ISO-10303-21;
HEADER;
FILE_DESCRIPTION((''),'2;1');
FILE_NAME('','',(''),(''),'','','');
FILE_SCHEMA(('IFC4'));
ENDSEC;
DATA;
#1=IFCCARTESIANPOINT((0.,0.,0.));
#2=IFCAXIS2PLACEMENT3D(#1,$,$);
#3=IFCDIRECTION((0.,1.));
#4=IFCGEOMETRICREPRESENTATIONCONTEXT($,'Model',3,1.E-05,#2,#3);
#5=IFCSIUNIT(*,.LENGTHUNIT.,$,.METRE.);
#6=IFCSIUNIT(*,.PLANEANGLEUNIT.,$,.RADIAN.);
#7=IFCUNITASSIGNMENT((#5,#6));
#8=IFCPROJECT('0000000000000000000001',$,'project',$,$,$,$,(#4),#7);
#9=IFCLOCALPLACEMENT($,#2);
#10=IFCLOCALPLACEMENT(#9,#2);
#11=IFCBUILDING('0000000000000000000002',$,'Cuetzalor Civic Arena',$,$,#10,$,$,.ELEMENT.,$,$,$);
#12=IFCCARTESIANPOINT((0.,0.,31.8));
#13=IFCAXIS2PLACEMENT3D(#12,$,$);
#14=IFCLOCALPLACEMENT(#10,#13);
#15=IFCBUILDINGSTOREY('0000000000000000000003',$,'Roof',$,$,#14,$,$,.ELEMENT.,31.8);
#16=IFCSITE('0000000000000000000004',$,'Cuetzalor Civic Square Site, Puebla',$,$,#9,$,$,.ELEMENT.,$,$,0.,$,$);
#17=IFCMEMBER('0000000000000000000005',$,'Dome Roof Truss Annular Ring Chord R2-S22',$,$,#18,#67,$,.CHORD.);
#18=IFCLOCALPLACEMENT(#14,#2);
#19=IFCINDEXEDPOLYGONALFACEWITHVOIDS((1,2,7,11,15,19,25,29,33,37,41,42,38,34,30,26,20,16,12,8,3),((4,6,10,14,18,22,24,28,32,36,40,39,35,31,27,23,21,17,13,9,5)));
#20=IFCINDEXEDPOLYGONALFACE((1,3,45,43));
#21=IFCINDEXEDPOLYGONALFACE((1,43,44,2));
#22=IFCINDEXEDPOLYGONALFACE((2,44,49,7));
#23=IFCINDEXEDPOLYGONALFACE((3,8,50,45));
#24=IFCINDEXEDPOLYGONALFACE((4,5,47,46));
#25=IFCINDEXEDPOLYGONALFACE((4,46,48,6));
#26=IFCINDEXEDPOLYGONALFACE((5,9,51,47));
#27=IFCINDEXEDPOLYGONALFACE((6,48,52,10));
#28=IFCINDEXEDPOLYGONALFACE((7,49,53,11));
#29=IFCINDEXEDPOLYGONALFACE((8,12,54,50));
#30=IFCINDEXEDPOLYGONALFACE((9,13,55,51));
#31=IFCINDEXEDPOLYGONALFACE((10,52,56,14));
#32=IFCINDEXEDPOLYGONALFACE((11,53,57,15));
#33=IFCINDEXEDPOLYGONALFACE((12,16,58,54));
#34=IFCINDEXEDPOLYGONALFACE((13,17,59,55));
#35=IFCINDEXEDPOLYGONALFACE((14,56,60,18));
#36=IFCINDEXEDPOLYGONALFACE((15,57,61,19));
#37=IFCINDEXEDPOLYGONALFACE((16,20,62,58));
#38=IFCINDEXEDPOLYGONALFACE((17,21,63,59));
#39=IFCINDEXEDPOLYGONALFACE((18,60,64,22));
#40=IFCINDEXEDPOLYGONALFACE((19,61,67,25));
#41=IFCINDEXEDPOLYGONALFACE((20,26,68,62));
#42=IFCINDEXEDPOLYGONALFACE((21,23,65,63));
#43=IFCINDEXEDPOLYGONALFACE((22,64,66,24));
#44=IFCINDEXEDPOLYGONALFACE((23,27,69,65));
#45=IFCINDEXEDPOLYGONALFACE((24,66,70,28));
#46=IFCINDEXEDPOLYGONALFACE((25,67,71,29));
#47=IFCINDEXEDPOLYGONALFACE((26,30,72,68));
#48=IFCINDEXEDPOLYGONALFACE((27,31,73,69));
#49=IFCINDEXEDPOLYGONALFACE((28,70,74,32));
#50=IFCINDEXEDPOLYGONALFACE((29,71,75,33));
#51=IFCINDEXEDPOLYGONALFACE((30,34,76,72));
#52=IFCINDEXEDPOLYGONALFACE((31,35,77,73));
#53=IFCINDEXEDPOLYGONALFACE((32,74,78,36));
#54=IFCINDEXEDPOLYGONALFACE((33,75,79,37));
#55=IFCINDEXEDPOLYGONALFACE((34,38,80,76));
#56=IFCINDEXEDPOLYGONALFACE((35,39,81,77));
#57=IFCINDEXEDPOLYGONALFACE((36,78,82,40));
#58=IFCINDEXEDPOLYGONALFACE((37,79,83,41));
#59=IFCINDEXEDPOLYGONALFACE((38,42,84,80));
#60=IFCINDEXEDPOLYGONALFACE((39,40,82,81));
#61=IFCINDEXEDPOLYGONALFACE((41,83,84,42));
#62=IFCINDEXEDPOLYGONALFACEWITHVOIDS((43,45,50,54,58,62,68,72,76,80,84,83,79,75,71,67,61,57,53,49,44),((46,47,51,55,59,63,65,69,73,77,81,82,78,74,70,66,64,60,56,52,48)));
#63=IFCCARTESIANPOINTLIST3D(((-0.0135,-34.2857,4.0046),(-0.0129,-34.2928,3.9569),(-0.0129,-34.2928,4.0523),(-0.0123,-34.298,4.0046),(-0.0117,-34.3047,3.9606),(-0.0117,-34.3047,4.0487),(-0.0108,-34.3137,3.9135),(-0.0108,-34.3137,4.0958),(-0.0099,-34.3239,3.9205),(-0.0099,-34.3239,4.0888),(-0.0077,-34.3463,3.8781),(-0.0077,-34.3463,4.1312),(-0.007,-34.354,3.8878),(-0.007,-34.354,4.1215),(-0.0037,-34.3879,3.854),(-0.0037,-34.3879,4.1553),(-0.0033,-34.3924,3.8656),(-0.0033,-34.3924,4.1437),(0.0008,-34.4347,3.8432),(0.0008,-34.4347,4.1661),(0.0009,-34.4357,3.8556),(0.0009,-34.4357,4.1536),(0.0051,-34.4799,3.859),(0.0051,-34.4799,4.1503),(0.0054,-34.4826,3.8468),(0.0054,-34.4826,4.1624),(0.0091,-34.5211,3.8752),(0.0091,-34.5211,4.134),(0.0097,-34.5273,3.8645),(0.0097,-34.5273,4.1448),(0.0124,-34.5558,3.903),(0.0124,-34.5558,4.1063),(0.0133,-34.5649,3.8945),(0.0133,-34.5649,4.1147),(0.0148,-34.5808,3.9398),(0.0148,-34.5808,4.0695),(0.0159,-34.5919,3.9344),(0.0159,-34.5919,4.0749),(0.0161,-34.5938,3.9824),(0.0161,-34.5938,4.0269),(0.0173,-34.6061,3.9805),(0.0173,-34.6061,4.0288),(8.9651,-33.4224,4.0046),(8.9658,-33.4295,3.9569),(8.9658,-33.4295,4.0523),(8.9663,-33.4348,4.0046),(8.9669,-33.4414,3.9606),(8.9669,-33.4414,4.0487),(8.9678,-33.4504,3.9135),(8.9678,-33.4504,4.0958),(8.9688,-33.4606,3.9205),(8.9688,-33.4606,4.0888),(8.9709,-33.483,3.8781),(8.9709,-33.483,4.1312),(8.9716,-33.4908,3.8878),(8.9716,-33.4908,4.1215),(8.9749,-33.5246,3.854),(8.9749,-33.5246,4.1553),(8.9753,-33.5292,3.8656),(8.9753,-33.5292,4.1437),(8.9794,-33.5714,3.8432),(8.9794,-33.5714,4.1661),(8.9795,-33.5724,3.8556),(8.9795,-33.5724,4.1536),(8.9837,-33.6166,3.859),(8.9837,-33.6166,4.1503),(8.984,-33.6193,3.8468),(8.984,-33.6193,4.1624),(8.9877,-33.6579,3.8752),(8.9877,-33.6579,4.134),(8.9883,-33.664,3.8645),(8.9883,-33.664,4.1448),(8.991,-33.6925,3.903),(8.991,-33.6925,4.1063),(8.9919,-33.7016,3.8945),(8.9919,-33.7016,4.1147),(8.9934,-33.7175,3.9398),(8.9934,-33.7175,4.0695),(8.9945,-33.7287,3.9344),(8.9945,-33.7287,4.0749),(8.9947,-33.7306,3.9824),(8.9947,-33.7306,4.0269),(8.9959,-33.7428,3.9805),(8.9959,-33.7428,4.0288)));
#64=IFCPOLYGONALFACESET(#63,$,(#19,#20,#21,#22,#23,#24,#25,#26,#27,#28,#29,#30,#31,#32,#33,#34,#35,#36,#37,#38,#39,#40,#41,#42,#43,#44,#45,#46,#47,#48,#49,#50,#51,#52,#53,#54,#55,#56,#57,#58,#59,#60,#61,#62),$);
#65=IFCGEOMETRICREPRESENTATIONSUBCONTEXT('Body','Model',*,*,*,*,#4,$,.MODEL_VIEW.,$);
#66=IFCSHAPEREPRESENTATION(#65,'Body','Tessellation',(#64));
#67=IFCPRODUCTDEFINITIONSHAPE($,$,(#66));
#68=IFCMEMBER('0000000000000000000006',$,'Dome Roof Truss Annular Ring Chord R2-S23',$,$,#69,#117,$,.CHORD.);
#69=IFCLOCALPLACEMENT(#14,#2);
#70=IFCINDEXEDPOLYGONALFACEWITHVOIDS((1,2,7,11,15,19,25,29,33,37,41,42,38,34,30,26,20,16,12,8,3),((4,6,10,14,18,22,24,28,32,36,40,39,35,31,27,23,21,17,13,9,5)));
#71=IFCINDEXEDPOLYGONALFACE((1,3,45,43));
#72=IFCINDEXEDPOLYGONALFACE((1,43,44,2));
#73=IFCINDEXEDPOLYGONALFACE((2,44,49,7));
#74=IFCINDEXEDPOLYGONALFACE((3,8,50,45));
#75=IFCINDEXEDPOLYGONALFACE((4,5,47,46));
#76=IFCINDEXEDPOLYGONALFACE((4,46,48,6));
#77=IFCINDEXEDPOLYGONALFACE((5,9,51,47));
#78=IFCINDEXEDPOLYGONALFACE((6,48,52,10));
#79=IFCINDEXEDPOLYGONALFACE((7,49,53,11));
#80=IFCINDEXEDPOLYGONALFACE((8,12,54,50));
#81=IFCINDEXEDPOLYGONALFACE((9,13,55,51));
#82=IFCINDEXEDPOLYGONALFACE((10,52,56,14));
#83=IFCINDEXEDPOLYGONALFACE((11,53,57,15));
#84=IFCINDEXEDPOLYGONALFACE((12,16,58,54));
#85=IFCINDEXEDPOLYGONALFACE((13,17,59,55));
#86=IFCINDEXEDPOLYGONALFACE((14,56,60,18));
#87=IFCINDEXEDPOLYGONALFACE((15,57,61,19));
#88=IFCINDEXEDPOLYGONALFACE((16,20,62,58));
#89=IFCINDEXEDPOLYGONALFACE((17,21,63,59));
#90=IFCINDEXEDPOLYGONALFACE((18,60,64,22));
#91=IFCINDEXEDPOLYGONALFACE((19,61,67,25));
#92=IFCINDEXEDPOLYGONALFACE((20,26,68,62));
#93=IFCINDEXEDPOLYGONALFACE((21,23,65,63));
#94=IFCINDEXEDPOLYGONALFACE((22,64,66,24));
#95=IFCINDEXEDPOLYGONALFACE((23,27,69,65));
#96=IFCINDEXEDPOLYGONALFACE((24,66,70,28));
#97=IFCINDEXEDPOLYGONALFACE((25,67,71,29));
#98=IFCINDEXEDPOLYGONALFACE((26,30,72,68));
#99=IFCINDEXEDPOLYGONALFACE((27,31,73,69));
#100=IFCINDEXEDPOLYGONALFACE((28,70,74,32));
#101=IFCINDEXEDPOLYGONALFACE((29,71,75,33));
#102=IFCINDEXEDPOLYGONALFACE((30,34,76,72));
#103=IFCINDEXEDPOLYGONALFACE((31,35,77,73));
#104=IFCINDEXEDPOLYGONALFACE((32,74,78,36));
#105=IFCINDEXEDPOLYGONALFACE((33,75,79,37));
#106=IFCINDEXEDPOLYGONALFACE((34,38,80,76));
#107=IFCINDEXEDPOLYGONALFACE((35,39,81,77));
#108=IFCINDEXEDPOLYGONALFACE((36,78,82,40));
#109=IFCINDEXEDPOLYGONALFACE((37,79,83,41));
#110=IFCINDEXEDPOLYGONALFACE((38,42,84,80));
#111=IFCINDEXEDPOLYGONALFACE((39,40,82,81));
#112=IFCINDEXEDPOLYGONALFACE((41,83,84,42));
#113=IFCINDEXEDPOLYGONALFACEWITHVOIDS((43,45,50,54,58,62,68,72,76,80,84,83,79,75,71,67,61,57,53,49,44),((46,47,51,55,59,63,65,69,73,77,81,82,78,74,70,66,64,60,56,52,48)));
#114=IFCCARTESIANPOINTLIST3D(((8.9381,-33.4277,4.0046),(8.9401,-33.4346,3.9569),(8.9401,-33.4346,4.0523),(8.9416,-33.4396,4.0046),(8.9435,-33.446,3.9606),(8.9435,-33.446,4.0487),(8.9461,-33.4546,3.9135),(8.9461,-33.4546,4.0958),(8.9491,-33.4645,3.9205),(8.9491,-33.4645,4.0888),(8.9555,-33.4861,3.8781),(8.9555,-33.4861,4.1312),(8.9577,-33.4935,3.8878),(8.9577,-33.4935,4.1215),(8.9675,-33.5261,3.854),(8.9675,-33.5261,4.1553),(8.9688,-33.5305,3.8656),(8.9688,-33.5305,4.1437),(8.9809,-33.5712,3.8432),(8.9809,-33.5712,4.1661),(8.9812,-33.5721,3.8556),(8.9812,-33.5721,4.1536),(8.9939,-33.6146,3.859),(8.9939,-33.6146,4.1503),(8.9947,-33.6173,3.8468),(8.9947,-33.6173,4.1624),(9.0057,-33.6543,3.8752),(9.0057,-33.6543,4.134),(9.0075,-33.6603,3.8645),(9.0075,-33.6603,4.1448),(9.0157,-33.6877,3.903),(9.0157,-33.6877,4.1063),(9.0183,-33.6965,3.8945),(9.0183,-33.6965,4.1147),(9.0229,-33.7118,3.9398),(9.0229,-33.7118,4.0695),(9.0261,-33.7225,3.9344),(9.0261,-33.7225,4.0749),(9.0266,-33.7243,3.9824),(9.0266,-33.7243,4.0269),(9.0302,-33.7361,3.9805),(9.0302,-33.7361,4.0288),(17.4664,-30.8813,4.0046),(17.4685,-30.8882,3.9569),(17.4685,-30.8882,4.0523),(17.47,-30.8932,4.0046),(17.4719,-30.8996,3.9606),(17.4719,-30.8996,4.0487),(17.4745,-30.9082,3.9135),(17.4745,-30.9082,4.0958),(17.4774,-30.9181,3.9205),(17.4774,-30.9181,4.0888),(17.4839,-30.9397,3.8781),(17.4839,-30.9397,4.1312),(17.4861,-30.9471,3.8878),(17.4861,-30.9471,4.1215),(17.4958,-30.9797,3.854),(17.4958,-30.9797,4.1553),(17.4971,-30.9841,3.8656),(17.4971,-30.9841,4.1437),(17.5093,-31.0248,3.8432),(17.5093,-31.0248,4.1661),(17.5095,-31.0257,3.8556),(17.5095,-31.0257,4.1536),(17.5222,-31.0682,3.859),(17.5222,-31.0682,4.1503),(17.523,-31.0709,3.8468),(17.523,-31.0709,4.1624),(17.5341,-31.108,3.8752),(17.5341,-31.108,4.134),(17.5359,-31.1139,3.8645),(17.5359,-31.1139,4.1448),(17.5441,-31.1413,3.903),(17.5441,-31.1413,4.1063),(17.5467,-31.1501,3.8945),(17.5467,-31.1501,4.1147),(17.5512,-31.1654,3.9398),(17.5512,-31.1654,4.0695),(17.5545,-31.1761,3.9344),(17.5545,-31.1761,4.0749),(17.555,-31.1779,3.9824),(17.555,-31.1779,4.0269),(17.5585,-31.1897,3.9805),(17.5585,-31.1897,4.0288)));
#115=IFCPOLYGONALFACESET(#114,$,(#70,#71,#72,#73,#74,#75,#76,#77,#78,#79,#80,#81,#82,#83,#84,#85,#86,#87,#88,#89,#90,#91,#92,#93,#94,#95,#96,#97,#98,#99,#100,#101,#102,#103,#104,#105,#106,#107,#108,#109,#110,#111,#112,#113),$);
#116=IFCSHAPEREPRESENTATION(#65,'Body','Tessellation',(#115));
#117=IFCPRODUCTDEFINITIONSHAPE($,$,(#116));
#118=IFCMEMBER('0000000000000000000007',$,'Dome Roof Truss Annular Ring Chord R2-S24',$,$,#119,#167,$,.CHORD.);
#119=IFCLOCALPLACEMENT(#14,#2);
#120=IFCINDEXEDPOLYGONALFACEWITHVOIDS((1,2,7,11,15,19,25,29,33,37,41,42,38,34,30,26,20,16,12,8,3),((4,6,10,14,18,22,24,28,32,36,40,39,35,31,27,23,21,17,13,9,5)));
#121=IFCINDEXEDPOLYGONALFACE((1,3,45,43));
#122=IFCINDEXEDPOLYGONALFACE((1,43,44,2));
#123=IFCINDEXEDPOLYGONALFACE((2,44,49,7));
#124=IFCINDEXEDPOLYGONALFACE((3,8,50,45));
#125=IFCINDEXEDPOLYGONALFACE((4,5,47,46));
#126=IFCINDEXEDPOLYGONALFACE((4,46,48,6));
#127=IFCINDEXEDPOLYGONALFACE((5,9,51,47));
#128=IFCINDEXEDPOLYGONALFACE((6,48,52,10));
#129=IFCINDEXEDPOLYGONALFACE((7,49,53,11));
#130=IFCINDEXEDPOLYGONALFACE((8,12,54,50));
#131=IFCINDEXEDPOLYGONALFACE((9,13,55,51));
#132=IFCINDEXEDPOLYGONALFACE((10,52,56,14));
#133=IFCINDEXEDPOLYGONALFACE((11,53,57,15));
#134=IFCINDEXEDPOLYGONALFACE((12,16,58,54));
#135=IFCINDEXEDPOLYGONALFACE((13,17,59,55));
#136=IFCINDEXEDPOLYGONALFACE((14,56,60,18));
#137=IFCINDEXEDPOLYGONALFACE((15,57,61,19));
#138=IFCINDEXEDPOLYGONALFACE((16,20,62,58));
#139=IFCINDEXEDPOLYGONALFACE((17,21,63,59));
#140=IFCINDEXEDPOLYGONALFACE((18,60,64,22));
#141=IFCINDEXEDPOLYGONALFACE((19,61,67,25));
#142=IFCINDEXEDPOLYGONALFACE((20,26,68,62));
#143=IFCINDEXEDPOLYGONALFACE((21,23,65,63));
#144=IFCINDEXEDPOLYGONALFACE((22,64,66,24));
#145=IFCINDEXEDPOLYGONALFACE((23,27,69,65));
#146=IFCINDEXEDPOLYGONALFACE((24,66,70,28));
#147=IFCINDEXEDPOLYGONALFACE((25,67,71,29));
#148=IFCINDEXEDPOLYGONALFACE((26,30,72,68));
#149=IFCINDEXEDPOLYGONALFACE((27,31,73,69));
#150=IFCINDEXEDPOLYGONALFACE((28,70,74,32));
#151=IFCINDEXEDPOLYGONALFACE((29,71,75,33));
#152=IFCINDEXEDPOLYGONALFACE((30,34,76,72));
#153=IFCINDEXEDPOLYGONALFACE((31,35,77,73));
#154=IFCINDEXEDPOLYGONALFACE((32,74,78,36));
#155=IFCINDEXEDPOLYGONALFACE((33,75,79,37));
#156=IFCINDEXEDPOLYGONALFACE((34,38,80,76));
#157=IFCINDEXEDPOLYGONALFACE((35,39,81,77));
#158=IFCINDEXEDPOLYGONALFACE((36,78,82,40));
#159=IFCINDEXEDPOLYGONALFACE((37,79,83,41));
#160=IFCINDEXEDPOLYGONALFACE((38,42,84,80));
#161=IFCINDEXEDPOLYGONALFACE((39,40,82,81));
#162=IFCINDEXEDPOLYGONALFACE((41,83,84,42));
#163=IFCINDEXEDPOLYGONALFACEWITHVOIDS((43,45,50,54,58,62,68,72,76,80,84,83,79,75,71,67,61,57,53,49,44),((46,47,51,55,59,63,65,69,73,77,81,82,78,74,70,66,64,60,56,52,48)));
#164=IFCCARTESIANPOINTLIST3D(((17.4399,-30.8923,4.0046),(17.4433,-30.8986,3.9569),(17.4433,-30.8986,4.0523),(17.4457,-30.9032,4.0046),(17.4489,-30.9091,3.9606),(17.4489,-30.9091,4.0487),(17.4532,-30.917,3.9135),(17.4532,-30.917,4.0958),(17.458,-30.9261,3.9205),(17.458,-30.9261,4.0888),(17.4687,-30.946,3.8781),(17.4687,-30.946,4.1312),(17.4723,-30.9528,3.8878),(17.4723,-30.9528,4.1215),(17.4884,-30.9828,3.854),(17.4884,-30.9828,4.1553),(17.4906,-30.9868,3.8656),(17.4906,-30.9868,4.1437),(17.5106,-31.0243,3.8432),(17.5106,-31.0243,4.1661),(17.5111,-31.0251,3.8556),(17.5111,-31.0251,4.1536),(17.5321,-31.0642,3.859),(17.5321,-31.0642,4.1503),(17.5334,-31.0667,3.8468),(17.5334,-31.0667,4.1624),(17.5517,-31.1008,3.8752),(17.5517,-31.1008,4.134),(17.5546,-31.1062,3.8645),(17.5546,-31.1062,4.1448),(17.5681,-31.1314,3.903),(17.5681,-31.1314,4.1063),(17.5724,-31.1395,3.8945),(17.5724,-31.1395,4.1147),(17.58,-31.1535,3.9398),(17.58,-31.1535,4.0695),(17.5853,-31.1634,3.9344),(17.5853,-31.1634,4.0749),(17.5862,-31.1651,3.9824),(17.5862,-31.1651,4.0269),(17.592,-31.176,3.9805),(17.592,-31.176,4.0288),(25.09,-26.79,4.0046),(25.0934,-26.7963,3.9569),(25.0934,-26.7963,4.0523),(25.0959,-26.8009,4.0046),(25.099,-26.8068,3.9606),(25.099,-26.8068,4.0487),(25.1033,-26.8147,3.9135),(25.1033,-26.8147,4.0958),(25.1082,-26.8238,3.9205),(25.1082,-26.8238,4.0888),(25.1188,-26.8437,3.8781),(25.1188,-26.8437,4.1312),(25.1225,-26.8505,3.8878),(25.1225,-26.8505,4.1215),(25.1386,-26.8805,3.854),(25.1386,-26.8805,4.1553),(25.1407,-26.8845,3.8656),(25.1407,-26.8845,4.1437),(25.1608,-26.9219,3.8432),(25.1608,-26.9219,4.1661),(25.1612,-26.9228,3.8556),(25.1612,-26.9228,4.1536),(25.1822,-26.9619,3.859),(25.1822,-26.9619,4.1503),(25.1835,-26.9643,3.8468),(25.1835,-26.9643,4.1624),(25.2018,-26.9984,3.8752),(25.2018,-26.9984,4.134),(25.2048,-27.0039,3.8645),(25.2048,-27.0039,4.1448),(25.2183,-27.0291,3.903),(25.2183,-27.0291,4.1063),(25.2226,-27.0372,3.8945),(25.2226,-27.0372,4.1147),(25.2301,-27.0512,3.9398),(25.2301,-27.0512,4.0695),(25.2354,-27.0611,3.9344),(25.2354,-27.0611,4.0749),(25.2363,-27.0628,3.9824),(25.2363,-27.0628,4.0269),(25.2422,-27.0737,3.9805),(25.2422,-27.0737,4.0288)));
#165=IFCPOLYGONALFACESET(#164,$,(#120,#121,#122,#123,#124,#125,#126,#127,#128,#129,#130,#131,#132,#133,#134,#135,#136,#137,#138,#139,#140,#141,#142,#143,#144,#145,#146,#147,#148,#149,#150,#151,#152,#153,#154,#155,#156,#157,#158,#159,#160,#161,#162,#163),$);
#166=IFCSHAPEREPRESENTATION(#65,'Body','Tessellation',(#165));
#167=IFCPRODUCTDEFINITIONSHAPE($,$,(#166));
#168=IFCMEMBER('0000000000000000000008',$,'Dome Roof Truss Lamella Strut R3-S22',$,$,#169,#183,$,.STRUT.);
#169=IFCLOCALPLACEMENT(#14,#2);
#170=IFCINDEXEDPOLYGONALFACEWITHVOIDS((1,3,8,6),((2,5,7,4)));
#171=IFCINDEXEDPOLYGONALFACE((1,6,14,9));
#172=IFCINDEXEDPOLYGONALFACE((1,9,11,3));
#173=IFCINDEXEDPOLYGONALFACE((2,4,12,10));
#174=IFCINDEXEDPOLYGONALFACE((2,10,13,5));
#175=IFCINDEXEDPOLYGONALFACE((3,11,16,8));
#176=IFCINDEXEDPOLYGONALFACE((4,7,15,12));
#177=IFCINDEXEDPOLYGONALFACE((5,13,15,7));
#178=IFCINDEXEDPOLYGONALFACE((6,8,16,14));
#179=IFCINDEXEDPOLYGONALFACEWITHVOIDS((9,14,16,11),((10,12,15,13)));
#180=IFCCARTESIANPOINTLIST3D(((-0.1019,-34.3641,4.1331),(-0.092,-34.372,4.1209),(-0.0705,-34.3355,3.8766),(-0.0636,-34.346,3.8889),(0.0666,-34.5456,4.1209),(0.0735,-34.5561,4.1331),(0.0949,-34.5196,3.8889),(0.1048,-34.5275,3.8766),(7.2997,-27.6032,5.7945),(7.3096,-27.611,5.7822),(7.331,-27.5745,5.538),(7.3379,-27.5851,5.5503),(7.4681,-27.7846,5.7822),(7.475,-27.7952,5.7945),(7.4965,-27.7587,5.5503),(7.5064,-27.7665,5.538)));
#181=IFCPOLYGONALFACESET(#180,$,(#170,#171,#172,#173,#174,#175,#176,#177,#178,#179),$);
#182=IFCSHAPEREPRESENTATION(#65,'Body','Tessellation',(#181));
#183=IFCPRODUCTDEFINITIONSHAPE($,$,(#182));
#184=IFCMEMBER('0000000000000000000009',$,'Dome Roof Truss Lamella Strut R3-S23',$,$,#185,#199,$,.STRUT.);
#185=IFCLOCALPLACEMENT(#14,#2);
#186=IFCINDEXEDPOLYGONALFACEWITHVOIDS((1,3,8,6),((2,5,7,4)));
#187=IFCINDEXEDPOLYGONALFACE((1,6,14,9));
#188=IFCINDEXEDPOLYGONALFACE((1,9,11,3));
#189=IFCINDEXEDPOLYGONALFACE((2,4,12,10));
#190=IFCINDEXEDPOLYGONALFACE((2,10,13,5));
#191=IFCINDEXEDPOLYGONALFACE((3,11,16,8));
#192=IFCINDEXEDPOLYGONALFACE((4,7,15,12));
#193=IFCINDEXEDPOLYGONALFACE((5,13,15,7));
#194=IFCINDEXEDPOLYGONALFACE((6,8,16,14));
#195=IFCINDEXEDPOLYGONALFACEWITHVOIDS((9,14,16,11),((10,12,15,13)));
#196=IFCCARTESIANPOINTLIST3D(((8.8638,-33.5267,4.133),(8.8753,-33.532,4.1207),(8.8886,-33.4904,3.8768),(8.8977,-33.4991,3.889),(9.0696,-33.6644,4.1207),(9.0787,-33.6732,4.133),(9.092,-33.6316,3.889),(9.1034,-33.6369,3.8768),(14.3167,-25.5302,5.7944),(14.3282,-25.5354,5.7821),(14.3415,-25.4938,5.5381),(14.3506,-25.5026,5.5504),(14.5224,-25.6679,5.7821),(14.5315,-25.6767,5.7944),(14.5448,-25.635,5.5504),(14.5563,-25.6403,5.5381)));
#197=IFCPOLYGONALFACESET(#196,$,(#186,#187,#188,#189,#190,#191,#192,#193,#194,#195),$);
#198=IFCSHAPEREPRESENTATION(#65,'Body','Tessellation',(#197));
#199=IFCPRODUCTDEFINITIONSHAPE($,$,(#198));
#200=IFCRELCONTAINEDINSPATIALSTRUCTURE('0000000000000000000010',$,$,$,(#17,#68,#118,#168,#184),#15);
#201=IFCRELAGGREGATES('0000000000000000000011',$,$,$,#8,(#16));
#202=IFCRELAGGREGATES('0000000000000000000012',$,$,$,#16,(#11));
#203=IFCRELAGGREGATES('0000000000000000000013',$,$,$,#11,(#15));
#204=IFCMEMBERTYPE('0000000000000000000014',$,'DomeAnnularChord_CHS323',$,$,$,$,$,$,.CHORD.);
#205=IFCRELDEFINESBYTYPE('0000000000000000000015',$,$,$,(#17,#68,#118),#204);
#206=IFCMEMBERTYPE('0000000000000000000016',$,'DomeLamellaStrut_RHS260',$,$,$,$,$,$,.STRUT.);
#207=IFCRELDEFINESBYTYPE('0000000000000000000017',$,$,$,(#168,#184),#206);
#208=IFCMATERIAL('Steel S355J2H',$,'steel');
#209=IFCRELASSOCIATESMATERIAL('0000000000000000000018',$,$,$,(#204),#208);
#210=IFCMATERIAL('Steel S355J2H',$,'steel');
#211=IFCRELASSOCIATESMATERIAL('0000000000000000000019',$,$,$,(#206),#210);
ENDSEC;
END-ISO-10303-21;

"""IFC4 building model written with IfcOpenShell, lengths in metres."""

from ifc_helpers import new_model, si_unit, direction, frame, origin, origin_2d, place, context, subcontext, project, spatial, hollow_rectangle, hollow_circle, extrude, material, material_profile, profile_set, type_object, element, save


model = new_model("IFC4")

# Units and contexts
model_context = context("Model", 3, precision=1e-05, world=origin(), true_north=direction((0.0, 1.0)))
body_context = subcontext(model_context, "Body", "Model", "MODEL_VIEW")
ifc_project = project(units=[si_unit("LENGTHUNIT", "METRE"), si_unit("PLANEANGLEUNIT", "RADIAN")], contexts=[model_context])

# Site, building, storey
site_placement = place(None, origin())
site = spatial("IfcSite", under=ifc_project, at=site_placement, Name="Cuetzalor Civic Square Site, Puebla", CompositionType="ELEMENT", RefElevation=0.0)
building_placement = place(site_placement, origin())
building = spatial("IfcBuilding", under=site, at=building_placement, Name="Cuetzalor Civic Arena", CompositionType="ELEMENT")
storey_placement = place(building_placement, frame((0.0, 0.0, 31.8)))
storey = spatial("IfcBuildingStorey", under=building, at=storey_placement, Name="Roof", CompositionType="ELEMENT", Elevation=31.8)

# Members
ifc_material_1 = material(Name="Steel S355J2H", Category="steel")
ifc_material_profile_1 = material_profile(ifc_material_1, hollow_circle(Radius=0.1619, WallThickness=0.0125, at=origin_2d()), Name="CHS 323.9x12.5")
ifc_profile_set_1 = profile_set([ifc_material_profile_1], Name="Steel S355J2H")
member_type_1 = type_object("IfcMemberType", Name="DomeAnnularChord_CHS323", PredefinedType="CHORD", material=ifc_profile_set_1)
member_1_placement = place(storey_placement, frame((0.002, -34.4468, 4.0046), z_axis=(0.995409, 0.095708, 0.0), x_axis=(-0.095708, 0.995409, 0.0)))
element("IfcMember", 1, at=member_1_placement, inside=storey, type_object=member_type_1, Name="Dome Roof Truss Annular Ring Chord R2-S22", PredefinedType="CHORD", context=body_context, shape_type="SweptSolid", body=[
    extrude(hollow_circle(Radius=0.1619, WallThickness=0.0125, at=origin_2d()), origin(), (0.0, 0.0, 1.0), 9.02),
])
member_2_placement = place(storey_placement, frame((8.9844, -33.5828, 4.0046), z_axis=(0.9582, 0.286099, 0.0), x_axis=(-0.286099, 0.9582, 0.0)))
element("IfcMember", 2, at=member_2_placement, inside=storey, type_object=member_type_1, Name="Dome Roof Truss Annular Ring Chord R2-S23", PredefinedType="CHORD", context=body_context, shape_type="SweptSolid", body=[
    extrude(hollow_circle(Radius=0.1619, WallThickness=0.0125, at=origin_2d()), origin(), (0.0, 0.0, 1.0), 8.9004),
])
member_3_placement = place(storey_placement, frame((17.5164, -31.0349, 4.0046), z_axis=(0.881288, 0.47258, 0.0), x_axis=(-0.47258, 0.881288, 0.0)))
element("IfcMember", 3, at=member_3_placement, inside=storey, type_object=member_type_1, Name="Dome Roof Truss Annular Ring Chord R2-S24", PredefinedType="CHORD", context=body_context, shape_type="SweptSolid", body=[
    extrude(hollow_circle(Radius=0.1619, WallThickness=0.0125, at=origin_2d()), origin(), (0.0, 0.0, 1.0), 8.6807),
])
ifc_material_2 = material(Name="Steel S355J2H", Category="steel")
ifc_material_profile_2 = material_profile(ifc_material_2, hollow_rectangle(XDim=0.26, YDim=0.26, WallThickness=0.0125, at=origin_2d()), Name="RHS 260x260x12.5")
ifc_profile_set_2 = profile_set([ifc_material_profile_2], Name="Steel S355J2H")
member_type_2 = type_object("IfcMemberType", Name="DomeLamellaStrut_RHS260", PredefinedType="STRUT", material=ifc_profile_set_2)
member_4_placement = place(storey_placement, frame((0.0015, -34.4458, 4.0049), z_axis=(0.728401, 0.665357, 0.163498), x_axis=(-0.674432, 0.738337, 0.0)))
element("IfcMember", 4, at=member_4_placement, inside=storey, type_object=member_type_2, Name="Dome Roof Truss Lamella Strut R3-S22", PredefinedType="STRUT", context=body_context, shape_type="SweptSolid", body=[
    extrude(hollow_rectangle(XDim=0.26, YDim=0.26, WallThickness=0.0125, at=origin_2d()), origin(), (0.0, 0.0, 1.0), 10.1614),
])
member_5_placement = place(storey_placement, frame((8.9836, -33.5818, 4.0049), z_axis=(0.555263, 0.814286, 0.169177), x_axis=(-0.826195, 0.563384, 0.0)))
element("IfcMember", 5, at=member_5_placement, inside=storey, type_object=member_type_2, Name="Dome Roof Truss Lamella Strut R3-S23", PredefinedType="STRUT", context=body_context, shape_type="SweptSolid", body=[
    extrude(hollow_rectangle(XDim=0.26, YDim=0.26, WallThickness=0.0125, at=origin_2d()), origin(), (0.0, 0.0, 1.0), 9.8203),
])

save(model, "model.ifc")
